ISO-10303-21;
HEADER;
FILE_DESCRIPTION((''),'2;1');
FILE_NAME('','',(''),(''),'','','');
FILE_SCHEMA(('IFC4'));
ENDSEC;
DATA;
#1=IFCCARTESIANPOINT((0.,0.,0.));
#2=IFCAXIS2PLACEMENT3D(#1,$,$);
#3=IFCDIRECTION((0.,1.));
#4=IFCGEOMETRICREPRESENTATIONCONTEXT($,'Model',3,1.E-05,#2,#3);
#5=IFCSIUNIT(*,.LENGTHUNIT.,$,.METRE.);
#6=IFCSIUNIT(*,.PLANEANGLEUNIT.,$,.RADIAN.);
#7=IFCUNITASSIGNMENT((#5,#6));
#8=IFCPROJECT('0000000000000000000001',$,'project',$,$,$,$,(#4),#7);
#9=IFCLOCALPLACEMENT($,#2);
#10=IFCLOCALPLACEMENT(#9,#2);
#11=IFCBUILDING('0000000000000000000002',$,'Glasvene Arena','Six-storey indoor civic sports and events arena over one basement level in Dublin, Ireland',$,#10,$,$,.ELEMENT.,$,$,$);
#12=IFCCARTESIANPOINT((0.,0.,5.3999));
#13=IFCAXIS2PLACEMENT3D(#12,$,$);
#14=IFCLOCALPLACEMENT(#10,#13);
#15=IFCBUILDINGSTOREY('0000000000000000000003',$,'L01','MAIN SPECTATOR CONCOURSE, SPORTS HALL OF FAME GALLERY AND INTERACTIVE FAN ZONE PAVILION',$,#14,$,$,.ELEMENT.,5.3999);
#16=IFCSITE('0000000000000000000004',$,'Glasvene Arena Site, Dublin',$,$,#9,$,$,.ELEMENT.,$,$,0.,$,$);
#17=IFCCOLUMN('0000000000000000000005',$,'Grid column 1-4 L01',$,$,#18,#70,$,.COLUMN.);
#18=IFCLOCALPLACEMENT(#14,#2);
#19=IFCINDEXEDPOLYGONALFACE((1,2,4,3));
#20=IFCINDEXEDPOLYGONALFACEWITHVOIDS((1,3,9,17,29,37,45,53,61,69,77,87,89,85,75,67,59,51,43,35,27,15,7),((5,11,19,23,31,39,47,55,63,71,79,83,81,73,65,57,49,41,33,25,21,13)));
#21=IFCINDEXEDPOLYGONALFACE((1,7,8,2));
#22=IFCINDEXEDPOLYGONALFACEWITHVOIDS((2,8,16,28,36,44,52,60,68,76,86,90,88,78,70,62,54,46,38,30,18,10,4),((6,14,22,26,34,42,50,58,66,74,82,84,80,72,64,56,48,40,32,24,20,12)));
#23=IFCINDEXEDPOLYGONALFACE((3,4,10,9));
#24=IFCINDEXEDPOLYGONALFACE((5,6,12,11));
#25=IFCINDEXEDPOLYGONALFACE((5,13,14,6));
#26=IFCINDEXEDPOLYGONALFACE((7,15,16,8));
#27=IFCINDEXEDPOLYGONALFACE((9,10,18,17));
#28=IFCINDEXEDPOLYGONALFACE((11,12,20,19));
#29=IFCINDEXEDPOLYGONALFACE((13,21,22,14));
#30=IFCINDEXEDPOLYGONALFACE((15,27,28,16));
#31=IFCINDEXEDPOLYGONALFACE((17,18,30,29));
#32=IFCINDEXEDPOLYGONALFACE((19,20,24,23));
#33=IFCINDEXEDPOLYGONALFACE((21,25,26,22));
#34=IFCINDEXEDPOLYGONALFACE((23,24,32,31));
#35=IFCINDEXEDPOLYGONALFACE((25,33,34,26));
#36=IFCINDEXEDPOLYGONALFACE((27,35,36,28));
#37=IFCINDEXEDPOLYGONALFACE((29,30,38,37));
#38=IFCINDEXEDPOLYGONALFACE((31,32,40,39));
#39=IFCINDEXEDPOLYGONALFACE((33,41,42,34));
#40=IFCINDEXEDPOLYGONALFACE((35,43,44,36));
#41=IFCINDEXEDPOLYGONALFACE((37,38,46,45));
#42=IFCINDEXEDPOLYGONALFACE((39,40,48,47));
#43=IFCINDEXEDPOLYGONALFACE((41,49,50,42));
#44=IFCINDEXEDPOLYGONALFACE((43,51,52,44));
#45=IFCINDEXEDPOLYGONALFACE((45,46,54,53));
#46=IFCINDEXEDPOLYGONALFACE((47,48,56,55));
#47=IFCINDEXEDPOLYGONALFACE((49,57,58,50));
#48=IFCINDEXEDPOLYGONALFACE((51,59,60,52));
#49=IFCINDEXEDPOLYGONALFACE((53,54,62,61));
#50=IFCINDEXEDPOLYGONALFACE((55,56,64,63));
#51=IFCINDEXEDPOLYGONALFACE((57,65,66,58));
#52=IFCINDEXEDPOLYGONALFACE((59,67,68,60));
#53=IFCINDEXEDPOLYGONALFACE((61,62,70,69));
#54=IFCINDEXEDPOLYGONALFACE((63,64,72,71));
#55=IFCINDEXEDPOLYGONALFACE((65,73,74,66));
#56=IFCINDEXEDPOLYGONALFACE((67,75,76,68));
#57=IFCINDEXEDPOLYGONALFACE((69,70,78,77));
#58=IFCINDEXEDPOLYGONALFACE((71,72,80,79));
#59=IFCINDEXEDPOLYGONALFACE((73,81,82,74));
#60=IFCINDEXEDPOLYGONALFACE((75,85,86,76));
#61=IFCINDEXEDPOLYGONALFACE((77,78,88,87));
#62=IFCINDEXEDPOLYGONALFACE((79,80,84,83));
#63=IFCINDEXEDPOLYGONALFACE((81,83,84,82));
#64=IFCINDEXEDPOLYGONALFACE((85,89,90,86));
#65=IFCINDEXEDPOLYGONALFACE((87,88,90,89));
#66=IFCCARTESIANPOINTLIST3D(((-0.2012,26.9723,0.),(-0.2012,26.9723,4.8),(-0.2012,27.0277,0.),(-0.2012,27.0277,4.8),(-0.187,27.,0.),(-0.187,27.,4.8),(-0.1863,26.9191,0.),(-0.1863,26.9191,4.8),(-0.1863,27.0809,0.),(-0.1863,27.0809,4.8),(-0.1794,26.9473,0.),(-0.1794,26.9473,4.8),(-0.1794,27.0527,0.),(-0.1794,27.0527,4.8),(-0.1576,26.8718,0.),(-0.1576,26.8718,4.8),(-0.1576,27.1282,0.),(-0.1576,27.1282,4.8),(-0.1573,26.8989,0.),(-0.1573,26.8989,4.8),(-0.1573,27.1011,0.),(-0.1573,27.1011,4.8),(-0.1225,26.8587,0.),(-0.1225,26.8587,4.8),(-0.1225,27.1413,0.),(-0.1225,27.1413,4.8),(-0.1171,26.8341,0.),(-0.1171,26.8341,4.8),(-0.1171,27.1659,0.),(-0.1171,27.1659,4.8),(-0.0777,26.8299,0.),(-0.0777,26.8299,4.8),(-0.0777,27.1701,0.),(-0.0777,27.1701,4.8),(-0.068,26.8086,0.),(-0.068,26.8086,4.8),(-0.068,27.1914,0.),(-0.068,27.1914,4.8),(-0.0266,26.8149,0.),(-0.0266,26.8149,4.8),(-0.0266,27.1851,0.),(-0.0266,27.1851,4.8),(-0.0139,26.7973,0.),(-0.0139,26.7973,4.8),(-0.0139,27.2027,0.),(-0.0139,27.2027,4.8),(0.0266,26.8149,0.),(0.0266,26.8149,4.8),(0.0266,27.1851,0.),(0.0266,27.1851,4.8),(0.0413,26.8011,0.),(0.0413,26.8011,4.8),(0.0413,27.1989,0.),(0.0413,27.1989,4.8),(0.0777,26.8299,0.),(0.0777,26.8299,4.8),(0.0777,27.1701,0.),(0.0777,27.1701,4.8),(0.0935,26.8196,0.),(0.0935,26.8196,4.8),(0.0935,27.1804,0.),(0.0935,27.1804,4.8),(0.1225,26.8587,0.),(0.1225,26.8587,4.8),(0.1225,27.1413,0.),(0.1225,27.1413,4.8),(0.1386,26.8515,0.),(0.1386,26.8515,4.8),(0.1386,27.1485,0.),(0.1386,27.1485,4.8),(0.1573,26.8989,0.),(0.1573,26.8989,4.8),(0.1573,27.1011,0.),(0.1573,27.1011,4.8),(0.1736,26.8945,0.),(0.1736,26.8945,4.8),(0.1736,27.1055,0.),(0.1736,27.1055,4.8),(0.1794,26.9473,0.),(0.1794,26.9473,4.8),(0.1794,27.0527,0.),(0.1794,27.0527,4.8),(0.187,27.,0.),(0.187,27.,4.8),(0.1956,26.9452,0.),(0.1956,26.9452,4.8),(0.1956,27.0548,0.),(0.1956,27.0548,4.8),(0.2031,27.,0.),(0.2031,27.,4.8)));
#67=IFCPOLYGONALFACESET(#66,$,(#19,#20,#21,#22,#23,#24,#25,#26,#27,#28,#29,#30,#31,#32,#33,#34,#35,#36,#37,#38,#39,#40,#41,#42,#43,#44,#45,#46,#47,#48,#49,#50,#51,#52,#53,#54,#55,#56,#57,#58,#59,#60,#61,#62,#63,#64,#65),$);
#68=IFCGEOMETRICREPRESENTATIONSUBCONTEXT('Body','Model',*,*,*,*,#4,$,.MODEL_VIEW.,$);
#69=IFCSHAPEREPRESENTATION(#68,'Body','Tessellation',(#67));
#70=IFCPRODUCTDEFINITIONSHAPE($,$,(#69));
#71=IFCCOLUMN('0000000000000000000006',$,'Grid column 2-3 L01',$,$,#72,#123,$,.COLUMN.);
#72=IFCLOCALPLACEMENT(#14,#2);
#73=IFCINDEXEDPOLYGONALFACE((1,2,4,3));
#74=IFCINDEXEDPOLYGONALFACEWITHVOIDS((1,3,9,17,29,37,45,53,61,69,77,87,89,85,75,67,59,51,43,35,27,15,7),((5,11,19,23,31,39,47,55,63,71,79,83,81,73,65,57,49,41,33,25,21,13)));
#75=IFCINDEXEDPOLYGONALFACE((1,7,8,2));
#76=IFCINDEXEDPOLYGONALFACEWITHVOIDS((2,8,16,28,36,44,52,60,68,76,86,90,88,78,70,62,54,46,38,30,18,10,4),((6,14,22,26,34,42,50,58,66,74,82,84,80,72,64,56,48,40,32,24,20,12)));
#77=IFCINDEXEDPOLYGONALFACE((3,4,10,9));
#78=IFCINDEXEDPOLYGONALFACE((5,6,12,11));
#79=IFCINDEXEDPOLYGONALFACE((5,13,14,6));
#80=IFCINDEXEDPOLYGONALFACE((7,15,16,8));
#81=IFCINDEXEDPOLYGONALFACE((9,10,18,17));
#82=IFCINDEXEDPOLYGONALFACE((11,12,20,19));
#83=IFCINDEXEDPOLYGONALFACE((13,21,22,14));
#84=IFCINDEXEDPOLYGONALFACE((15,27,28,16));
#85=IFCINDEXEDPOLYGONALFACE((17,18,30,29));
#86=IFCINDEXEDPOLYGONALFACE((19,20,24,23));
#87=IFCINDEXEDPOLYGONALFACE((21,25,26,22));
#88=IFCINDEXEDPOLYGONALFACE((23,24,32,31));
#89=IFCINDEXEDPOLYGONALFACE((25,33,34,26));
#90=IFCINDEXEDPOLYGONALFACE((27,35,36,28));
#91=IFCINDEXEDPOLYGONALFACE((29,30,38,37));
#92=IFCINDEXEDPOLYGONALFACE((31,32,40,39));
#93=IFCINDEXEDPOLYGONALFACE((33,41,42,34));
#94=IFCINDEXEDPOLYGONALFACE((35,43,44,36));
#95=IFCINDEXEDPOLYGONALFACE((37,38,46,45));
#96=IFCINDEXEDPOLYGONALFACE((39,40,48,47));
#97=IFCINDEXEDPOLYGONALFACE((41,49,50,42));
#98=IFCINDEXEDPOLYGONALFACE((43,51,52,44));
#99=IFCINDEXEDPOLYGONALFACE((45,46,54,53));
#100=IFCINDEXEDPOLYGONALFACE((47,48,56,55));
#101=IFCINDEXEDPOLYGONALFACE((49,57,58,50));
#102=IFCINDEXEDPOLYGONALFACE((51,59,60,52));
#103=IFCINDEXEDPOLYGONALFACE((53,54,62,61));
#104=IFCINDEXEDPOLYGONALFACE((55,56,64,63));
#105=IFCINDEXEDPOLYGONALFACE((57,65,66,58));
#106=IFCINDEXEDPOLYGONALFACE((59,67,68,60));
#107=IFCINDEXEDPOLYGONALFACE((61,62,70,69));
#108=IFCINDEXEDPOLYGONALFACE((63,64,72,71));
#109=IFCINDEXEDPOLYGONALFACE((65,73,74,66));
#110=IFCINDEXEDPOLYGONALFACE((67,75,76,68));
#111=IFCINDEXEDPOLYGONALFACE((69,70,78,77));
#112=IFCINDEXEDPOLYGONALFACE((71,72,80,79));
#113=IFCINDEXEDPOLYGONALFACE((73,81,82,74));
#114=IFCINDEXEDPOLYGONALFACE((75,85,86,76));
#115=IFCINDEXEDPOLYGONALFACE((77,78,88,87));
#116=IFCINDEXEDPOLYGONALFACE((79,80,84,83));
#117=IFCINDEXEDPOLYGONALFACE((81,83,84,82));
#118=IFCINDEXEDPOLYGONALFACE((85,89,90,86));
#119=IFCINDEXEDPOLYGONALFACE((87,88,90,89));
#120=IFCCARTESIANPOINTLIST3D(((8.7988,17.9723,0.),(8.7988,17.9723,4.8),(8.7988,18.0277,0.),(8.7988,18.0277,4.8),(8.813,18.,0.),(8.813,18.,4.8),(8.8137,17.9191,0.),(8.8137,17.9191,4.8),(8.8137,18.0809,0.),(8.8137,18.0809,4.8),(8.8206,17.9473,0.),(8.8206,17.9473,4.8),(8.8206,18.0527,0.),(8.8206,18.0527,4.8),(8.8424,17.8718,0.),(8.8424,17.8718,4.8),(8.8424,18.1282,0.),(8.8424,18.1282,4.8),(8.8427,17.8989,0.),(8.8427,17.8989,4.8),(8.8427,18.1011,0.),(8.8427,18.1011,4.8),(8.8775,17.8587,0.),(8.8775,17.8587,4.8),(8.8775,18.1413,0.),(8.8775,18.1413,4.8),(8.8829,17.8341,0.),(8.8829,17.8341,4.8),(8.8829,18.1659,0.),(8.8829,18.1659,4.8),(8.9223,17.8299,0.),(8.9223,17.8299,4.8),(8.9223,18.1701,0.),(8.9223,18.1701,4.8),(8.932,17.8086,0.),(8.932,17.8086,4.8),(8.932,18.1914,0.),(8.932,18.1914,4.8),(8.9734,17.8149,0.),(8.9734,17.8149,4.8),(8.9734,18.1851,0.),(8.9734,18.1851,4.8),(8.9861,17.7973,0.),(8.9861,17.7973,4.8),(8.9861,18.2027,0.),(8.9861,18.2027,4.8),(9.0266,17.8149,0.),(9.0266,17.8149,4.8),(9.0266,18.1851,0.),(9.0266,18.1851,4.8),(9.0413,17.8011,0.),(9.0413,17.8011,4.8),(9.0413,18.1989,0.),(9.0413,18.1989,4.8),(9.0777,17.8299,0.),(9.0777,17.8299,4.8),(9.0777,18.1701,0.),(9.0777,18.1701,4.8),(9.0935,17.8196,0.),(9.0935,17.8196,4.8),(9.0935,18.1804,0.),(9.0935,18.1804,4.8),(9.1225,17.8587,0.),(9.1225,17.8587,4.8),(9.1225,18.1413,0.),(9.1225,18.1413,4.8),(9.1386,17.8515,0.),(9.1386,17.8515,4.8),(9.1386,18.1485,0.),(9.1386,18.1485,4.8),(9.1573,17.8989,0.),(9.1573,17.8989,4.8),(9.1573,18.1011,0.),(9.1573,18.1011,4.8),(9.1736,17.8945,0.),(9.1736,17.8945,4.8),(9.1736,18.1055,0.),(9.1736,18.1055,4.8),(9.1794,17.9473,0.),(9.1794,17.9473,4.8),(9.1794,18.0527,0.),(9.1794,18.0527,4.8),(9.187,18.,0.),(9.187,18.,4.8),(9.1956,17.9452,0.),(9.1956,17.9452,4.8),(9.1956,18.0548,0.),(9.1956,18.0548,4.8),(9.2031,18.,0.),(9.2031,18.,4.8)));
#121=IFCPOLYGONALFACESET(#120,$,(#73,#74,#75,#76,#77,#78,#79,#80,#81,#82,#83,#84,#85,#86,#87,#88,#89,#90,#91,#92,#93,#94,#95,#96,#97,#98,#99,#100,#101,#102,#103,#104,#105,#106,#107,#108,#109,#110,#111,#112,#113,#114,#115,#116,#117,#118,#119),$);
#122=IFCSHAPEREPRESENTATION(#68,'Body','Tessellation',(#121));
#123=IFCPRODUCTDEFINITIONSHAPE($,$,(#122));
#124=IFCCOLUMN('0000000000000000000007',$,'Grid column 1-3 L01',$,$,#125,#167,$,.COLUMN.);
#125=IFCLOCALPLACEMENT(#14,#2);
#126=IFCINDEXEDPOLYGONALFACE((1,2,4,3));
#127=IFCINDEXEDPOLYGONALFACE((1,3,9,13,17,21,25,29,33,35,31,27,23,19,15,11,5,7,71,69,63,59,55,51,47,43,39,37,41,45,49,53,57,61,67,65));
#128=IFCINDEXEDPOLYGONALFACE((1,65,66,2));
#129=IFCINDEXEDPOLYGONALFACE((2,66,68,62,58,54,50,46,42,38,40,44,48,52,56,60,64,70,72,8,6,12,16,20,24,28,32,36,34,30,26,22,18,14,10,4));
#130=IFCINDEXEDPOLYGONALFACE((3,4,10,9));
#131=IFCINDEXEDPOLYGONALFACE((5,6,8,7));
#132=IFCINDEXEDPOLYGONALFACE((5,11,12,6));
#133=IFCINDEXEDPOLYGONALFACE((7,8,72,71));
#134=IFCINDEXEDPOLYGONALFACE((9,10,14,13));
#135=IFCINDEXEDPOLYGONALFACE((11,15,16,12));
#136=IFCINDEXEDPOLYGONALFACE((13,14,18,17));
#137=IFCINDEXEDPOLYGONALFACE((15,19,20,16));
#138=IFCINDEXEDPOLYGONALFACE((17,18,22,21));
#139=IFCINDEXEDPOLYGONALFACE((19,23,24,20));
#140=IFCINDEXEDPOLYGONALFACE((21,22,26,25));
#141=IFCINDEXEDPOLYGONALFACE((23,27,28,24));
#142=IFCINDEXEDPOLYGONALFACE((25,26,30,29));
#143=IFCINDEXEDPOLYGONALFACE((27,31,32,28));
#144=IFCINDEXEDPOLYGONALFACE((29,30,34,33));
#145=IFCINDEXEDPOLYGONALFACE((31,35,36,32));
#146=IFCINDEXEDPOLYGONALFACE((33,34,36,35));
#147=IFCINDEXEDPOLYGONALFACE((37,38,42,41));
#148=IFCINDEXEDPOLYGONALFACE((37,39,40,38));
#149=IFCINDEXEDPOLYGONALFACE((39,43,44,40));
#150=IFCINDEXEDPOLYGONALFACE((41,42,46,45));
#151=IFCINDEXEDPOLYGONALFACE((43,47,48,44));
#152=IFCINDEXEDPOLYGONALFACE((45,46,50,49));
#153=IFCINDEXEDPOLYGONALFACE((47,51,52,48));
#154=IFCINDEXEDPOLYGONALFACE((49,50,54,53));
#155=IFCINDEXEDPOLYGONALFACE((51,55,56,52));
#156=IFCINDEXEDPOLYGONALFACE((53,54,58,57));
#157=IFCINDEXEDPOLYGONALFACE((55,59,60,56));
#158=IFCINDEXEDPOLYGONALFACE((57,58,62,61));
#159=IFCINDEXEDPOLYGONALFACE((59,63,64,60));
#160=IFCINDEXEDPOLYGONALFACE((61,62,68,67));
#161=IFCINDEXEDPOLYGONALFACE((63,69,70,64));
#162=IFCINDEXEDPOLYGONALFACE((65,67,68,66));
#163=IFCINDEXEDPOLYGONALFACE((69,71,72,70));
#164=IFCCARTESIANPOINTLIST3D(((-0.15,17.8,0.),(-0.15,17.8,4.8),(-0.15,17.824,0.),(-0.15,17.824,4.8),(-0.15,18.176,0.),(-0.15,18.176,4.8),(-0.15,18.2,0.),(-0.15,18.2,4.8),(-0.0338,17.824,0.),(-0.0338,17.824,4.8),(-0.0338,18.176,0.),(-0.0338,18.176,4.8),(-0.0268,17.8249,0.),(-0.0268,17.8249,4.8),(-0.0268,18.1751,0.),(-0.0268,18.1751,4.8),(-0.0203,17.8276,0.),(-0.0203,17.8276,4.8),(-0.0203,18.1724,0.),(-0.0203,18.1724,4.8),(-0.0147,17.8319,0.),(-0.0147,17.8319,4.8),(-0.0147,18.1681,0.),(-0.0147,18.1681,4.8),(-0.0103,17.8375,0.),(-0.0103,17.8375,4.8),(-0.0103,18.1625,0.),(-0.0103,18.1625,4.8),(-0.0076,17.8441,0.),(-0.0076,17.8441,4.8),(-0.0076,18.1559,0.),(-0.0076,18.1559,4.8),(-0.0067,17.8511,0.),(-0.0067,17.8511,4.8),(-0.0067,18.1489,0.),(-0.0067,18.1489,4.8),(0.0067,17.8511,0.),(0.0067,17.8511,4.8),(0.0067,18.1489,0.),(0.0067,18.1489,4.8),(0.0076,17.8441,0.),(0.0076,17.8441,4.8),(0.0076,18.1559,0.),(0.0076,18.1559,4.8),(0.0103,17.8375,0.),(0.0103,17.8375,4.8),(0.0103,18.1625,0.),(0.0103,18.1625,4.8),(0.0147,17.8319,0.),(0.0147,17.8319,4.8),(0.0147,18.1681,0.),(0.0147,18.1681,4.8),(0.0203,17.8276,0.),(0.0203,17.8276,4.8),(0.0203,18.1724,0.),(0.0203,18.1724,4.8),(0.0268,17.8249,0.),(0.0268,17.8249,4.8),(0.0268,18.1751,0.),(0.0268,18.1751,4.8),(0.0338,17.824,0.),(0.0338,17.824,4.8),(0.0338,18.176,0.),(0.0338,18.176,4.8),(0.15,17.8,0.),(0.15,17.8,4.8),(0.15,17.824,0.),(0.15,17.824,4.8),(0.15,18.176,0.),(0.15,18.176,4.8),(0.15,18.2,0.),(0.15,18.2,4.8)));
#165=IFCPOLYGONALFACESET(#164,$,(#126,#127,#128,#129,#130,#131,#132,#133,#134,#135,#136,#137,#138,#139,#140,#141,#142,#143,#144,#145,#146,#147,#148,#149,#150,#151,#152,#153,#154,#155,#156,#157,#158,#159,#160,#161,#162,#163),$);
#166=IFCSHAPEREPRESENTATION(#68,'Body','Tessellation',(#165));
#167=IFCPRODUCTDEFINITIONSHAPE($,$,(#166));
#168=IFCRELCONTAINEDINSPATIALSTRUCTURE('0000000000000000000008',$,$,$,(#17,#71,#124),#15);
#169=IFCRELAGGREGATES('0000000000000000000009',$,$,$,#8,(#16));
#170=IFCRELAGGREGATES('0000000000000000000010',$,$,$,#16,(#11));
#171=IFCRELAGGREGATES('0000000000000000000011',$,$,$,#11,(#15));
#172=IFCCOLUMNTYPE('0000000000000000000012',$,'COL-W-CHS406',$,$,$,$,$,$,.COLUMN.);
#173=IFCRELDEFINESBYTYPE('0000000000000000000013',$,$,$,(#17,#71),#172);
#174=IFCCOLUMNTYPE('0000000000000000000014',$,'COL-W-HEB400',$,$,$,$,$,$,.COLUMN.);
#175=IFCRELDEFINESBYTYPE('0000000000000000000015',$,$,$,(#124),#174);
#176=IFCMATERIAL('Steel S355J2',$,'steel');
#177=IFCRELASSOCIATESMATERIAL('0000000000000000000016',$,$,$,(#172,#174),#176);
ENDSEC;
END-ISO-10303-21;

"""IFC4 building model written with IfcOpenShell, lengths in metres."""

from ifc_helpers import new_model, si_unit, direction, frame, origin, origin_2d, place, context, subcontext, project, spatial, hollow_circle, i_section, extrude, material, material_profile, profile_set, type_object, element, save


model = new_model("IFC4")

# Units and contexts
model_context = context("Model", 3, precision=1e-05, world=origin(), true_north=direction((0.0, 1.0)))
body_context = subcontext(model_context, "Body", "Model", "MODEL_VIEW")
ifc_project = project(units=[si_unit("LENGTHUNIT", "METRE"), si_unit("PLANEANGLEUNIT", "RADIAN")], contexts=[model_context])

# Site, building, storey
site_placement = place(None, origin())
site = spatial("IfcSite", under=ifc_project, at=site_placement, Name="Glasvene Arena Site, Dublin", CompositionType="ELEMENT", RefElevation=0.0)
building_placement = place(site_placement, origin())
building = spatial("IfcBuilding", under=site, at=building_placement, Name="Glasvene Arena", Description="Six-storey indoor civic sports and events arena over one basement level in Dublin, Ireland", CompositionType="ELEMENT")
storey_placement = place(building_placement, frame((0.0, 0.0, 5.3999)))
storey = spatial("IfcBuildingStorey", under=building, at=storey_placement, Name="L01", Description="MAIN SPECTATOR CONCOURSE, SPORTS HALL OF FAME GALLERY AND INTERACTIVE FAN ZONE PAVILION", CompositionType="ELEMENT", Elevation=5.3999)

# Columns
ifc_material_1 = material(Name="Steel S355J2", Category="steel")
ifc_material_profile_1 = material_profile(ifc_material_1, hollow_circle(Radius=0.2031, WallThickness=0.0161, at=origin_2d()), Name="CHS 406.4x16.0")
ifc_profile_set_1 = profile_set([ifc_material_profile_1], Name="Steel S355J2")
column_type_1 = type_object("IfcColumnType", Name="COL-W-CHS406", PredefinedType="COLUMN", material=ifc_profile_set_1)
for number, where, z_axis, x_axis, name in (
    (1, (0.0, 27.0, 0.0), (0.0, 0.0, 1.0), (1.0, 0.0, 0.0), "Grid column 1-4 L01"),
    (2, (9.0, 18.0, 0.0), (0.0, 0.0, 1.0), (1.0, 0.0, 0.0), "Grid column 2-3 L01"),
):
    element("IfcColumn", number, at=place(storey_placement, frame(where, z_axis=z_axis, x_axis=x_axis)), inside=storey, type_object=column_type_1, Name=name, PredefinedType="COLUMN", context=body_context, shape_type="SweptSolid", body=[
        extrude(hollow_circle(Radius=0.2031, WallThickness=0.0161, at=origin_2d()), origin(), (0.0, 0.0, 1.0), 4.8),
    ])
ifc_material_profile_2 = material_profile(ifc_material_1, i_section(OverallWidth=0.3, OverallDepth=0.3999, WebThickness=0.0134, FlangeThickness=0.0239, FilletRadius=0.0271, at=origin_2d()), Name="HEB 400")
ifc_profile_set_2 = profile_set([ifc_material_profile_2], Name="Steel S355J2")
column_type_2 = type_object("IfcColumnType", Name="COL-W-HEB400", PredefinedType="COLUMN", material=ifc_profile_set_2)
for number, where, z_axis, x_axis, name in (
    (3, (0.0, 18.0, 0.0), (0.0, 0.0, 1.0), (1.0, 0.0, 0.0), "Grid column 1-3 L01"),
):
    element("IfcColumn", number, at=place(storey_placement, frame(where, z_axis=z_axis, x_axis=x_axis)), inside=storey, type_object=column_type_2, Name=name, PredefinedType="COLUMN", context=body_context, shape_type="SweptSolid", body=[
        extrude(i_section(OverallWidth=0.3, OverallDepth=0.3999, WebThickness=0.0134, FlangeThickness=0.0239, FilletRadius=0.0271, at=origin_2d()), origin(), (0.0, 0.0, 1.0), 4.8),
    ])

save(model, "model.ifc")
